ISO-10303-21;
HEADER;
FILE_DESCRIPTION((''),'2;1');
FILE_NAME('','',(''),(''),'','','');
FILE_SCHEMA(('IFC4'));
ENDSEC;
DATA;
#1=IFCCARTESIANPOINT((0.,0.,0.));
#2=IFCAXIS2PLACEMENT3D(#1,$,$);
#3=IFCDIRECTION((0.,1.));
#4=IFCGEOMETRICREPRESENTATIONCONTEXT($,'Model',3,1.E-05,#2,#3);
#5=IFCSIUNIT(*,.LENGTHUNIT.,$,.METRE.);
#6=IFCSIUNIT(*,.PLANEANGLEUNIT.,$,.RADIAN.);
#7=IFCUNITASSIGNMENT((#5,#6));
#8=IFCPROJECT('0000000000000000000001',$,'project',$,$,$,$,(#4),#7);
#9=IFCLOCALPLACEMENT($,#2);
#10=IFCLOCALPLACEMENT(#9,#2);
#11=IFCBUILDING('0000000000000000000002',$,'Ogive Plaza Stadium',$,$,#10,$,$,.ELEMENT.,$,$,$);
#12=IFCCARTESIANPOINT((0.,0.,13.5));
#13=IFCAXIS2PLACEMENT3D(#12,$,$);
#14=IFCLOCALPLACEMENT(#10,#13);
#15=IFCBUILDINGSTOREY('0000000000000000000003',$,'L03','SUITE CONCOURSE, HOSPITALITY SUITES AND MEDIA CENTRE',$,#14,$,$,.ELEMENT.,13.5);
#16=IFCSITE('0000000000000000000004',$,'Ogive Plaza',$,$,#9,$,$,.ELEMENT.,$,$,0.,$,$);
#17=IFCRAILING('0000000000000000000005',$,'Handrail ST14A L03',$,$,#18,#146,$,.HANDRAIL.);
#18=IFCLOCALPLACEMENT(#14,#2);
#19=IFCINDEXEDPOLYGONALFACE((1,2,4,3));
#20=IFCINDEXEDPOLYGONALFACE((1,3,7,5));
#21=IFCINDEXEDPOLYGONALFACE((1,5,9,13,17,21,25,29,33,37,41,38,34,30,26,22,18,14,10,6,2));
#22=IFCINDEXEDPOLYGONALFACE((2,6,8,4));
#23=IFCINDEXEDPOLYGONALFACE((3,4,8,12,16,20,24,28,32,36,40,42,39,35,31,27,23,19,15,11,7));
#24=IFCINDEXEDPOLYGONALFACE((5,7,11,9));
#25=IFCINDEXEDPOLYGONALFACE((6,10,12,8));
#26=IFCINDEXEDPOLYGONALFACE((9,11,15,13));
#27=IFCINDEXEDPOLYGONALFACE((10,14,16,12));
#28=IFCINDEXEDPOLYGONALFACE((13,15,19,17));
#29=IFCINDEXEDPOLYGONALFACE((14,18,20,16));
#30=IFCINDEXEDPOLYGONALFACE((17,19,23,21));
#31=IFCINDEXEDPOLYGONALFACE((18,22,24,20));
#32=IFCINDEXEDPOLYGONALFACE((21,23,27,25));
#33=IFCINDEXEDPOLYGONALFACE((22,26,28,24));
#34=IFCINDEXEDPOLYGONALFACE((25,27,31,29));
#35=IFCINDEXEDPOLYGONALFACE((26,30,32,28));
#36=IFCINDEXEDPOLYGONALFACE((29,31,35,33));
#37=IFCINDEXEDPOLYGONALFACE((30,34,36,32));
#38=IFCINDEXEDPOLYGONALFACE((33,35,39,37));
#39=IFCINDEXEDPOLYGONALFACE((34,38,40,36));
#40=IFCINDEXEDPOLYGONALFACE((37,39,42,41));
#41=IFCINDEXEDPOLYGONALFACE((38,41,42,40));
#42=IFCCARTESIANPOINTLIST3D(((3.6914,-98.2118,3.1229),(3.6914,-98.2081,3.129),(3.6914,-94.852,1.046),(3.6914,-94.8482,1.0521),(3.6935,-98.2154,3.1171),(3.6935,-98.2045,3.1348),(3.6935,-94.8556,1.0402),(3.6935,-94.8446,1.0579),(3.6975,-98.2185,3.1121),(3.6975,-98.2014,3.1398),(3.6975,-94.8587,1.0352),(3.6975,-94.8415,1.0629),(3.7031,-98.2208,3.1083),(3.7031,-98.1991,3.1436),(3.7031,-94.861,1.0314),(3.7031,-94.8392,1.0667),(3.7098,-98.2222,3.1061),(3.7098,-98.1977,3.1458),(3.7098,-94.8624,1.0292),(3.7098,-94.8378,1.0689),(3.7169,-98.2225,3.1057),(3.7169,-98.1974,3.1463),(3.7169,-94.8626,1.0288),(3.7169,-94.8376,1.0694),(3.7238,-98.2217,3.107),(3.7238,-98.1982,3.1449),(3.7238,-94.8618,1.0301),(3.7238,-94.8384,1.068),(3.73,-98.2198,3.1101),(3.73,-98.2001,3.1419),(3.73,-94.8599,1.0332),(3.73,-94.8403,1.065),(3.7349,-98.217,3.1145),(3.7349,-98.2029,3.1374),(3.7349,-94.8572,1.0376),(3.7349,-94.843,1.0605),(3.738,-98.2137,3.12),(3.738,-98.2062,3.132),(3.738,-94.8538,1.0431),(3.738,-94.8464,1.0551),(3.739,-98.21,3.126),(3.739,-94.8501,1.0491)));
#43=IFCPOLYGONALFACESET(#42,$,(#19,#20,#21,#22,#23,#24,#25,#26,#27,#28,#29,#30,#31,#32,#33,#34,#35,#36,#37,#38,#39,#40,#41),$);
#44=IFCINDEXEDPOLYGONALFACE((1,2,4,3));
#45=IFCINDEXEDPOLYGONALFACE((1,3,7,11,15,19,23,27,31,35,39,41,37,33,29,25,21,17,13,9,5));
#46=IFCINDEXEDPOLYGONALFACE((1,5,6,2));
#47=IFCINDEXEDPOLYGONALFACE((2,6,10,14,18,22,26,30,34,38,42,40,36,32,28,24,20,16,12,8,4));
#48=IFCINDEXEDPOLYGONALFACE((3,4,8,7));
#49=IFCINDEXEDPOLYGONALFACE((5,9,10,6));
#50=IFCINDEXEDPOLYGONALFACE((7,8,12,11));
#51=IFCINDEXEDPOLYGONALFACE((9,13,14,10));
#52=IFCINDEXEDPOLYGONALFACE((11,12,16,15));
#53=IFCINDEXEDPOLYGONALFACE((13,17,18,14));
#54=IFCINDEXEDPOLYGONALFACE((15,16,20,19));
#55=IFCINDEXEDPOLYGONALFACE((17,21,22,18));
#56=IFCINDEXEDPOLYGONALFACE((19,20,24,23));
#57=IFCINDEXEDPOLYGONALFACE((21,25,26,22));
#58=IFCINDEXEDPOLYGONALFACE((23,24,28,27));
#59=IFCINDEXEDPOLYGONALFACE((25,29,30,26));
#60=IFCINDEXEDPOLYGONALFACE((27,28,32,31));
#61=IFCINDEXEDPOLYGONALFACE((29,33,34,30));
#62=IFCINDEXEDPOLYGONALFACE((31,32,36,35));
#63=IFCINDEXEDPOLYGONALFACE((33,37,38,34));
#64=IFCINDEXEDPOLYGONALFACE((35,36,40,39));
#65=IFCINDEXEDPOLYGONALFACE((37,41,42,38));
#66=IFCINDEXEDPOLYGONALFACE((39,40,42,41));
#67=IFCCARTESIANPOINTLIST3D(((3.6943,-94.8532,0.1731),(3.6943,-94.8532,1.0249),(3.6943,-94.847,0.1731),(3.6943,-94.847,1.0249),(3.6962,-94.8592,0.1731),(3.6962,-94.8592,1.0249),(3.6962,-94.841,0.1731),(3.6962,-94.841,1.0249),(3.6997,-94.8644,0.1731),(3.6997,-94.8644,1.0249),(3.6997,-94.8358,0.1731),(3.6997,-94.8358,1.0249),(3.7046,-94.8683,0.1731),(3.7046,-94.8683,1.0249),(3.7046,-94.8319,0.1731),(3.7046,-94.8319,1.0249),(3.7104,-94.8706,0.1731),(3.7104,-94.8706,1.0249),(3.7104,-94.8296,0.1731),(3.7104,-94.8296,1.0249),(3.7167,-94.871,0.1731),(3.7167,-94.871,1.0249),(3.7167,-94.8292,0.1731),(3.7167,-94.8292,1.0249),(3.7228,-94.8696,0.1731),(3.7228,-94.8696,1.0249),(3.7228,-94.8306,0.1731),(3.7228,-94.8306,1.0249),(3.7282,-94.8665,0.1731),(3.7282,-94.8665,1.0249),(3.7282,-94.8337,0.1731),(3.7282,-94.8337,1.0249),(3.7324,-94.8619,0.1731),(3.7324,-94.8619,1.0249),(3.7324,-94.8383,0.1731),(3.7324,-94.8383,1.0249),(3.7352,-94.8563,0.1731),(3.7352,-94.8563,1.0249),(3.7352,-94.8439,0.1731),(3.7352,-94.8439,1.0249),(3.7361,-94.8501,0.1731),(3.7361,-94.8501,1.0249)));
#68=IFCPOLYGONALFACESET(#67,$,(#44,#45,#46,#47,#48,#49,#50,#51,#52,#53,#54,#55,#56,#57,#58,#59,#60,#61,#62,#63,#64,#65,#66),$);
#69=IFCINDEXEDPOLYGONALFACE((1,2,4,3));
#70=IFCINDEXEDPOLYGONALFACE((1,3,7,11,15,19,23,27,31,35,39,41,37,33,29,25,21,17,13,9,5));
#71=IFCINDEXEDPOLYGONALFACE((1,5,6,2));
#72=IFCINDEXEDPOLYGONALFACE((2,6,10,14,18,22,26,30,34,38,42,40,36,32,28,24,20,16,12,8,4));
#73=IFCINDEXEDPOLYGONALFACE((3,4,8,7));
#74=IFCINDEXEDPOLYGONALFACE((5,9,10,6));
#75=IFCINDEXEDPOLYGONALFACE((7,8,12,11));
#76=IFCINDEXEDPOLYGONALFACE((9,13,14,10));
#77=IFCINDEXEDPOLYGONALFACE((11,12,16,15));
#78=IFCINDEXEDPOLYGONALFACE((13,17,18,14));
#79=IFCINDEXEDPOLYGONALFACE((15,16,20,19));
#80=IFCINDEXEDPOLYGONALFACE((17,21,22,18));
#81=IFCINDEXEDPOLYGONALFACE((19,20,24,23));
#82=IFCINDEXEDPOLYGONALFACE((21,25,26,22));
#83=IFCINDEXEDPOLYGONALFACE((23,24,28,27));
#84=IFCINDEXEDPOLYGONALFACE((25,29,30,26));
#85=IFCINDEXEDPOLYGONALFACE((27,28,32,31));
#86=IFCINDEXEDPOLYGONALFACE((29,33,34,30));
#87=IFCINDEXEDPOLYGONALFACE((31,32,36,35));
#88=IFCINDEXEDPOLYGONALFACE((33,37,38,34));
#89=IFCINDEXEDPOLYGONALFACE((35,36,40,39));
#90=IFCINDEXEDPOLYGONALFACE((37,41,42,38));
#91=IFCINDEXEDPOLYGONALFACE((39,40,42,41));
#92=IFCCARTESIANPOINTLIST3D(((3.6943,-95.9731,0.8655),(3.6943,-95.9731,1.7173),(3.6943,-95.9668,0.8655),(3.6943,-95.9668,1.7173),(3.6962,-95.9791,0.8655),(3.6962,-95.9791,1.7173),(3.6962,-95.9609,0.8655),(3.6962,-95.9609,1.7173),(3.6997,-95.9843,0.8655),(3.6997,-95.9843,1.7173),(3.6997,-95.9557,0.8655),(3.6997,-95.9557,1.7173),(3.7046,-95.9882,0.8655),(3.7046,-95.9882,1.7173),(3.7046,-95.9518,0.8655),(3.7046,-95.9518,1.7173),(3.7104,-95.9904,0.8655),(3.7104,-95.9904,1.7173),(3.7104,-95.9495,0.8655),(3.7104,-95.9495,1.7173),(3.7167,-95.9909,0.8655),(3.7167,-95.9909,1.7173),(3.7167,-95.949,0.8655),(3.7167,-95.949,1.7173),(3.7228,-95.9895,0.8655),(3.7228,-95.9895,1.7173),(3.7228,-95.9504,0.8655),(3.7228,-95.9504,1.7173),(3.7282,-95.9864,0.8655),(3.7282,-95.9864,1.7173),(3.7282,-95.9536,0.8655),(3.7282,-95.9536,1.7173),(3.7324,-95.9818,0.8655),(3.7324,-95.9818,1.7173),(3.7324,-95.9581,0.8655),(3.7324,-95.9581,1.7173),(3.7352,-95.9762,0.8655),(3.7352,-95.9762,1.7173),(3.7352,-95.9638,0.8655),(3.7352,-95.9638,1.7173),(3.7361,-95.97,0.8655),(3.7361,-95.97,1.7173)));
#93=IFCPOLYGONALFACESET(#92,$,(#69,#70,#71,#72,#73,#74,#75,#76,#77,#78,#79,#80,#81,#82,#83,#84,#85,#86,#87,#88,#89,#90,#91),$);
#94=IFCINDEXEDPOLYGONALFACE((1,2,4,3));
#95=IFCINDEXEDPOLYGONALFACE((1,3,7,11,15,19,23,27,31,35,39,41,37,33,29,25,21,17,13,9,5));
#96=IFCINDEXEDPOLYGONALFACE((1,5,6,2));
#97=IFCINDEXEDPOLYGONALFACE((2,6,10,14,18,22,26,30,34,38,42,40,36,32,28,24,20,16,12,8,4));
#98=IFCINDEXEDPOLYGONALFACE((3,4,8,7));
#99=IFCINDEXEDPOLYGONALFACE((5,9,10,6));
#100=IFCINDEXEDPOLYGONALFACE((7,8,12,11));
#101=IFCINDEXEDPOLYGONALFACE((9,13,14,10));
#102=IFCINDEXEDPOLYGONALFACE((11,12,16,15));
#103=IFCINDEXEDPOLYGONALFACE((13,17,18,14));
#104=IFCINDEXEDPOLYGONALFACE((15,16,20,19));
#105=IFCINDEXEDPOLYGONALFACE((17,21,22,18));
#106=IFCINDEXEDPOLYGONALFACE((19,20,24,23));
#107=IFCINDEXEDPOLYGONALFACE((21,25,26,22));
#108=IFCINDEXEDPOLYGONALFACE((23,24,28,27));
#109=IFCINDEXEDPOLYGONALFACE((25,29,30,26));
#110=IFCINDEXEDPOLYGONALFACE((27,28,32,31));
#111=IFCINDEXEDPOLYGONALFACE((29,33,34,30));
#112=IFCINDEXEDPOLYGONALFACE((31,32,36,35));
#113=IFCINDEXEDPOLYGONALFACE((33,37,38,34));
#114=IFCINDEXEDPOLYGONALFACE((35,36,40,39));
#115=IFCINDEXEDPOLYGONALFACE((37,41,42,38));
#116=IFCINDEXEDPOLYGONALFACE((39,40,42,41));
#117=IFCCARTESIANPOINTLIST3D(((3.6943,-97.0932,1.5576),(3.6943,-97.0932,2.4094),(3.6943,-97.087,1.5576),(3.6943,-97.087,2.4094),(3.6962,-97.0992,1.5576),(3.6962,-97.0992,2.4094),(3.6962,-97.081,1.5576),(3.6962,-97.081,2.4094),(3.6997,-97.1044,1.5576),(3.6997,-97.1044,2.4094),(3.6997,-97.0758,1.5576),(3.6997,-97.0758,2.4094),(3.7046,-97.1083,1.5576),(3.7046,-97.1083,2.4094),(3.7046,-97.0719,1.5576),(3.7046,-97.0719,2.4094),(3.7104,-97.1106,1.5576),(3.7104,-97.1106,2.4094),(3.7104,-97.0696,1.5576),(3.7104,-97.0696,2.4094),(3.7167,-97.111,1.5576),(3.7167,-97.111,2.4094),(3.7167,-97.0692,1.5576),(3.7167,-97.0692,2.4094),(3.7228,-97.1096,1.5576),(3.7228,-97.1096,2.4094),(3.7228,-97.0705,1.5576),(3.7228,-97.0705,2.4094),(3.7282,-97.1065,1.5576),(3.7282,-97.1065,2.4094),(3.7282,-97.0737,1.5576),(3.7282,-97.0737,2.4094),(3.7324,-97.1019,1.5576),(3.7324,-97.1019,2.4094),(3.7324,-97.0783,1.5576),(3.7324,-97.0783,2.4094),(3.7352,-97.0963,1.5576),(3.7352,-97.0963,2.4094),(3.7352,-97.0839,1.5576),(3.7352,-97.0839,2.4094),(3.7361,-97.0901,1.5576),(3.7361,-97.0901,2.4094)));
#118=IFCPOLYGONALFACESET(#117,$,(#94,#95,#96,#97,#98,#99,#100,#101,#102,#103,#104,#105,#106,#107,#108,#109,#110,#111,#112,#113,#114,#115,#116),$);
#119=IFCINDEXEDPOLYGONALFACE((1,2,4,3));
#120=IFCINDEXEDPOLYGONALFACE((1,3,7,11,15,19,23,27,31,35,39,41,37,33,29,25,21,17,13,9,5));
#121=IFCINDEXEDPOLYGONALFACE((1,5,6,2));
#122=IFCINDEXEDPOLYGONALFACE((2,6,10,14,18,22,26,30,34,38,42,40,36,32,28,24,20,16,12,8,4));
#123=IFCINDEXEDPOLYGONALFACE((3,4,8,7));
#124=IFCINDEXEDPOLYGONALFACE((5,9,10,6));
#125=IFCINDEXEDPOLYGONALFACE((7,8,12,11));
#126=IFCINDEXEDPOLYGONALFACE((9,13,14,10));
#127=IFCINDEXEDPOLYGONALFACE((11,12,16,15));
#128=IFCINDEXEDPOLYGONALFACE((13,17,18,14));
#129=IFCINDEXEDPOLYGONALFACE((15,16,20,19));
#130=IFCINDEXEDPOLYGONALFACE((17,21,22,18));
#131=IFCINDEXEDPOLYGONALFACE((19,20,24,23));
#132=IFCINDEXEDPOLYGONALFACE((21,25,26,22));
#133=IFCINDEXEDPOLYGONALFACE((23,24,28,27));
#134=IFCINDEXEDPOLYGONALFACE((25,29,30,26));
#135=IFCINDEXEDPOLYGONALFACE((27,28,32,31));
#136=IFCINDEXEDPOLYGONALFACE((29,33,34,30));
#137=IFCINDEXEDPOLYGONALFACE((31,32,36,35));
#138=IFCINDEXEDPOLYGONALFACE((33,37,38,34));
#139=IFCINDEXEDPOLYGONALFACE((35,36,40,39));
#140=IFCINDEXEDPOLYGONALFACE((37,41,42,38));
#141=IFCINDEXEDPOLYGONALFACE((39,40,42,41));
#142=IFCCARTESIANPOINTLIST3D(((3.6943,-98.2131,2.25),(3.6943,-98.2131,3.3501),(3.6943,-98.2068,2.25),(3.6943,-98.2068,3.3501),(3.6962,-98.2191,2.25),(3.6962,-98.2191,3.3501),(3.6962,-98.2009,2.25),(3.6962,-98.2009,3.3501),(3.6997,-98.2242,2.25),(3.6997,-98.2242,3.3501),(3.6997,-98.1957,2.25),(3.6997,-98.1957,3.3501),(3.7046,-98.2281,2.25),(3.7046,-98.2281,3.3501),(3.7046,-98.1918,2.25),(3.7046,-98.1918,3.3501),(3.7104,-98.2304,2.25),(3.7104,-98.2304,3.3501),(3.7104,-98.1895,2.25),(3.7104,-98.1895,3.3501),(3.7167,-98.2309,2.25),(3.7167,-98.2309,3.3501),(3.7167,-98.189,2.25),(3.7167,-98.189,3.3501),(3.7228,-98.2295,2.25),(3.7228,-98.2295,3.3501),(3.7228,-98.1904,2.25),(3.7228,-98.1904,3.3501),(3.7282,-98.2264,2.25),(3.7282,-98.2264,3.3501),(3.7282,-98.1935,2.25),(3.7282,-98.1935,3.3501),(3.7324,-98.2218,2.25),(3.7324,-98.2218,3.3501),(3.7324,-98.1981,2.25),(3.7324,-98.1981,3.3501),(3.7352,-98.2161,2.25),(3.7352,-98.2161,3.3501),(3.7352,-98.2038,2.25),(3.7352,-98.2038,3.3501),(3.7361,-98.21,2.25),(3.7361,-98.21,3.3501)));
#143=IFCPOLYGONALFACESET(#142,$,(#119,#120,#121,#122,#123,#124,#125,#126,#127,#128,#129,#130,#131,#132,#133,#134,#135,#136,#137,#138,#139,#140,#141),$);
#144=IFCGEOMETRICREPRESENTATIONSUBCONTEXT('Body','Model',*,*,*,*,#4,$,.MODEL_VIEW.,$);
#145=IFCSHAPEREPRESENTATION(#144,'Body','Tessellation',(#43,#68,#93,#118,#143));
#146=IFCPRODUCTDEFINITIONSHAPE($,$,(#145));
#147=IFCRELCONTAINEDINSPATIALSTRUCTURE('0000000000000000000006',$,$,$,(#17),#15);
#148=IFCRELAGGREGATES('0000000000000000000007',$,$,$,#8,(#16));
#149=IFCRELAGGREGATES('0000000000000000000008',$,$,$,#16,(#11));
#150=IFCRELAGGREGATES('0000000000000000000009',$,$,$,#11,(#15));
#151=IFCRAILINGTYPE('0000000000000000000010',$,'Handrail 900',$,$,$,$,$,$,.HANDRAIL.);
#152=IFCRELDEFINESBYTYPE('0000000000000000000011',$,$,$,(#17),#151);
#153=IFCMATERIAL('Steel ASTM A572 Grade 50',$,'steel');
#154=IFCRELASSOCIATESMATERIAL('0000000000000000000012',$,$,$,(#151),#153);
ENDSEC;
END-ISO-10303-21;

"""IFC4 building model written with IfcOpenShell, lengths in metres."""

from ifc_helpers import new_model, si_unit, direction, frame, origin, origin_2d, place, context, subcontext, project, spatial, circle, extrude, material, type_object, element, save


model = new_model("IFC4")

# Units and contexts
model_context = context("Model", 3, precision=1e-05, world=origin(), true_north=direction((0.0, 1.0)))
body_context = subcontext(model_context, "Body", "Model", "MODEL_VIEW")
ifc_project = project(units=[si_unit("LENGTHUNIT", "METRE"), si_unit("PLANEANGLEUNIT", "RADIAN")], contexts=[model_context])

# Site, building, storey
site_placement = place(None, origin())
site = spatial("IfcSite", under=ifc_project, at=site_placement, Name="Ogive Plaza", CompositionType="ELEMENT", RefElevation=0.0)
building_placement = place(site_placement, origin())
building = spatial("IfcBuilding", under=site, at=building_placement, Name="Ogive Plaza Stadium", CompositionType="ELEMENT")
storey_placement = place(building_placement, frame((0.0, 0.0, 13.5)))
storey = spatial("IfcBuildingStorey", under=building, at=storey_placement, Name="L03", Description="SUITE CONCOURSE, HOSPITALITY SUITES AND MEDIA CENTRE", CompositionType="ELEMENT", Elevation=13.5)

# Railing
ifc_material_1 = material(Name="Steel ASTM A572 Grade 50", Category="steel")
railing_type_1 = type_object("IfcRailingType", Name="Handrail 900", PredefinedType="HANDRAIL", material=ifc_material_1)
for number, where, name in (
    (1, (3.7151, -94.8501, 0.1731), "Handrail ST14A L03"),
):
    element("IfcRailing", number, at=place(storey_placement, frame(where)), inside=storey, type_object=railing_type_1, Name=name, PredefinedType="HANDRAIL", context=body_context, shape_type="SweptSolid", body=[
        extrude(circle(Radius=0.0239, at=origin_2d()), frame((0.0, 0.0, 0.876), z_axis=(0.0, -0.850606, 0.525803), x_axis=(1.0, 0.0, 0.0)), (0.0, 0.0, 1.0), 3.95),
        extrude(circle(Radius=0.021, at=origin_2d()), origin(), (0.0, 0.0, 1.0), 0.8518),
        extrude(circle(Radius=0.021, at=origin_2d()), frame((0.0, -1.1199, 0.6924)), (0.0, 0.0, 1.0), 0.8518),
        extrude(circle(Radius=0.021, at=origin_2d()), frame((0.0, -2.24, 1.3845)), (0.0, 0.0, 1.0), 0.8518),
        extrude(circle(Radius=0.021, at=origin_2d()), frame((0.0, -3.3599, 2.0769)), (0.0, 0.0, 1.0), 1.1001),
    ])

save(model, "model.ifc")
